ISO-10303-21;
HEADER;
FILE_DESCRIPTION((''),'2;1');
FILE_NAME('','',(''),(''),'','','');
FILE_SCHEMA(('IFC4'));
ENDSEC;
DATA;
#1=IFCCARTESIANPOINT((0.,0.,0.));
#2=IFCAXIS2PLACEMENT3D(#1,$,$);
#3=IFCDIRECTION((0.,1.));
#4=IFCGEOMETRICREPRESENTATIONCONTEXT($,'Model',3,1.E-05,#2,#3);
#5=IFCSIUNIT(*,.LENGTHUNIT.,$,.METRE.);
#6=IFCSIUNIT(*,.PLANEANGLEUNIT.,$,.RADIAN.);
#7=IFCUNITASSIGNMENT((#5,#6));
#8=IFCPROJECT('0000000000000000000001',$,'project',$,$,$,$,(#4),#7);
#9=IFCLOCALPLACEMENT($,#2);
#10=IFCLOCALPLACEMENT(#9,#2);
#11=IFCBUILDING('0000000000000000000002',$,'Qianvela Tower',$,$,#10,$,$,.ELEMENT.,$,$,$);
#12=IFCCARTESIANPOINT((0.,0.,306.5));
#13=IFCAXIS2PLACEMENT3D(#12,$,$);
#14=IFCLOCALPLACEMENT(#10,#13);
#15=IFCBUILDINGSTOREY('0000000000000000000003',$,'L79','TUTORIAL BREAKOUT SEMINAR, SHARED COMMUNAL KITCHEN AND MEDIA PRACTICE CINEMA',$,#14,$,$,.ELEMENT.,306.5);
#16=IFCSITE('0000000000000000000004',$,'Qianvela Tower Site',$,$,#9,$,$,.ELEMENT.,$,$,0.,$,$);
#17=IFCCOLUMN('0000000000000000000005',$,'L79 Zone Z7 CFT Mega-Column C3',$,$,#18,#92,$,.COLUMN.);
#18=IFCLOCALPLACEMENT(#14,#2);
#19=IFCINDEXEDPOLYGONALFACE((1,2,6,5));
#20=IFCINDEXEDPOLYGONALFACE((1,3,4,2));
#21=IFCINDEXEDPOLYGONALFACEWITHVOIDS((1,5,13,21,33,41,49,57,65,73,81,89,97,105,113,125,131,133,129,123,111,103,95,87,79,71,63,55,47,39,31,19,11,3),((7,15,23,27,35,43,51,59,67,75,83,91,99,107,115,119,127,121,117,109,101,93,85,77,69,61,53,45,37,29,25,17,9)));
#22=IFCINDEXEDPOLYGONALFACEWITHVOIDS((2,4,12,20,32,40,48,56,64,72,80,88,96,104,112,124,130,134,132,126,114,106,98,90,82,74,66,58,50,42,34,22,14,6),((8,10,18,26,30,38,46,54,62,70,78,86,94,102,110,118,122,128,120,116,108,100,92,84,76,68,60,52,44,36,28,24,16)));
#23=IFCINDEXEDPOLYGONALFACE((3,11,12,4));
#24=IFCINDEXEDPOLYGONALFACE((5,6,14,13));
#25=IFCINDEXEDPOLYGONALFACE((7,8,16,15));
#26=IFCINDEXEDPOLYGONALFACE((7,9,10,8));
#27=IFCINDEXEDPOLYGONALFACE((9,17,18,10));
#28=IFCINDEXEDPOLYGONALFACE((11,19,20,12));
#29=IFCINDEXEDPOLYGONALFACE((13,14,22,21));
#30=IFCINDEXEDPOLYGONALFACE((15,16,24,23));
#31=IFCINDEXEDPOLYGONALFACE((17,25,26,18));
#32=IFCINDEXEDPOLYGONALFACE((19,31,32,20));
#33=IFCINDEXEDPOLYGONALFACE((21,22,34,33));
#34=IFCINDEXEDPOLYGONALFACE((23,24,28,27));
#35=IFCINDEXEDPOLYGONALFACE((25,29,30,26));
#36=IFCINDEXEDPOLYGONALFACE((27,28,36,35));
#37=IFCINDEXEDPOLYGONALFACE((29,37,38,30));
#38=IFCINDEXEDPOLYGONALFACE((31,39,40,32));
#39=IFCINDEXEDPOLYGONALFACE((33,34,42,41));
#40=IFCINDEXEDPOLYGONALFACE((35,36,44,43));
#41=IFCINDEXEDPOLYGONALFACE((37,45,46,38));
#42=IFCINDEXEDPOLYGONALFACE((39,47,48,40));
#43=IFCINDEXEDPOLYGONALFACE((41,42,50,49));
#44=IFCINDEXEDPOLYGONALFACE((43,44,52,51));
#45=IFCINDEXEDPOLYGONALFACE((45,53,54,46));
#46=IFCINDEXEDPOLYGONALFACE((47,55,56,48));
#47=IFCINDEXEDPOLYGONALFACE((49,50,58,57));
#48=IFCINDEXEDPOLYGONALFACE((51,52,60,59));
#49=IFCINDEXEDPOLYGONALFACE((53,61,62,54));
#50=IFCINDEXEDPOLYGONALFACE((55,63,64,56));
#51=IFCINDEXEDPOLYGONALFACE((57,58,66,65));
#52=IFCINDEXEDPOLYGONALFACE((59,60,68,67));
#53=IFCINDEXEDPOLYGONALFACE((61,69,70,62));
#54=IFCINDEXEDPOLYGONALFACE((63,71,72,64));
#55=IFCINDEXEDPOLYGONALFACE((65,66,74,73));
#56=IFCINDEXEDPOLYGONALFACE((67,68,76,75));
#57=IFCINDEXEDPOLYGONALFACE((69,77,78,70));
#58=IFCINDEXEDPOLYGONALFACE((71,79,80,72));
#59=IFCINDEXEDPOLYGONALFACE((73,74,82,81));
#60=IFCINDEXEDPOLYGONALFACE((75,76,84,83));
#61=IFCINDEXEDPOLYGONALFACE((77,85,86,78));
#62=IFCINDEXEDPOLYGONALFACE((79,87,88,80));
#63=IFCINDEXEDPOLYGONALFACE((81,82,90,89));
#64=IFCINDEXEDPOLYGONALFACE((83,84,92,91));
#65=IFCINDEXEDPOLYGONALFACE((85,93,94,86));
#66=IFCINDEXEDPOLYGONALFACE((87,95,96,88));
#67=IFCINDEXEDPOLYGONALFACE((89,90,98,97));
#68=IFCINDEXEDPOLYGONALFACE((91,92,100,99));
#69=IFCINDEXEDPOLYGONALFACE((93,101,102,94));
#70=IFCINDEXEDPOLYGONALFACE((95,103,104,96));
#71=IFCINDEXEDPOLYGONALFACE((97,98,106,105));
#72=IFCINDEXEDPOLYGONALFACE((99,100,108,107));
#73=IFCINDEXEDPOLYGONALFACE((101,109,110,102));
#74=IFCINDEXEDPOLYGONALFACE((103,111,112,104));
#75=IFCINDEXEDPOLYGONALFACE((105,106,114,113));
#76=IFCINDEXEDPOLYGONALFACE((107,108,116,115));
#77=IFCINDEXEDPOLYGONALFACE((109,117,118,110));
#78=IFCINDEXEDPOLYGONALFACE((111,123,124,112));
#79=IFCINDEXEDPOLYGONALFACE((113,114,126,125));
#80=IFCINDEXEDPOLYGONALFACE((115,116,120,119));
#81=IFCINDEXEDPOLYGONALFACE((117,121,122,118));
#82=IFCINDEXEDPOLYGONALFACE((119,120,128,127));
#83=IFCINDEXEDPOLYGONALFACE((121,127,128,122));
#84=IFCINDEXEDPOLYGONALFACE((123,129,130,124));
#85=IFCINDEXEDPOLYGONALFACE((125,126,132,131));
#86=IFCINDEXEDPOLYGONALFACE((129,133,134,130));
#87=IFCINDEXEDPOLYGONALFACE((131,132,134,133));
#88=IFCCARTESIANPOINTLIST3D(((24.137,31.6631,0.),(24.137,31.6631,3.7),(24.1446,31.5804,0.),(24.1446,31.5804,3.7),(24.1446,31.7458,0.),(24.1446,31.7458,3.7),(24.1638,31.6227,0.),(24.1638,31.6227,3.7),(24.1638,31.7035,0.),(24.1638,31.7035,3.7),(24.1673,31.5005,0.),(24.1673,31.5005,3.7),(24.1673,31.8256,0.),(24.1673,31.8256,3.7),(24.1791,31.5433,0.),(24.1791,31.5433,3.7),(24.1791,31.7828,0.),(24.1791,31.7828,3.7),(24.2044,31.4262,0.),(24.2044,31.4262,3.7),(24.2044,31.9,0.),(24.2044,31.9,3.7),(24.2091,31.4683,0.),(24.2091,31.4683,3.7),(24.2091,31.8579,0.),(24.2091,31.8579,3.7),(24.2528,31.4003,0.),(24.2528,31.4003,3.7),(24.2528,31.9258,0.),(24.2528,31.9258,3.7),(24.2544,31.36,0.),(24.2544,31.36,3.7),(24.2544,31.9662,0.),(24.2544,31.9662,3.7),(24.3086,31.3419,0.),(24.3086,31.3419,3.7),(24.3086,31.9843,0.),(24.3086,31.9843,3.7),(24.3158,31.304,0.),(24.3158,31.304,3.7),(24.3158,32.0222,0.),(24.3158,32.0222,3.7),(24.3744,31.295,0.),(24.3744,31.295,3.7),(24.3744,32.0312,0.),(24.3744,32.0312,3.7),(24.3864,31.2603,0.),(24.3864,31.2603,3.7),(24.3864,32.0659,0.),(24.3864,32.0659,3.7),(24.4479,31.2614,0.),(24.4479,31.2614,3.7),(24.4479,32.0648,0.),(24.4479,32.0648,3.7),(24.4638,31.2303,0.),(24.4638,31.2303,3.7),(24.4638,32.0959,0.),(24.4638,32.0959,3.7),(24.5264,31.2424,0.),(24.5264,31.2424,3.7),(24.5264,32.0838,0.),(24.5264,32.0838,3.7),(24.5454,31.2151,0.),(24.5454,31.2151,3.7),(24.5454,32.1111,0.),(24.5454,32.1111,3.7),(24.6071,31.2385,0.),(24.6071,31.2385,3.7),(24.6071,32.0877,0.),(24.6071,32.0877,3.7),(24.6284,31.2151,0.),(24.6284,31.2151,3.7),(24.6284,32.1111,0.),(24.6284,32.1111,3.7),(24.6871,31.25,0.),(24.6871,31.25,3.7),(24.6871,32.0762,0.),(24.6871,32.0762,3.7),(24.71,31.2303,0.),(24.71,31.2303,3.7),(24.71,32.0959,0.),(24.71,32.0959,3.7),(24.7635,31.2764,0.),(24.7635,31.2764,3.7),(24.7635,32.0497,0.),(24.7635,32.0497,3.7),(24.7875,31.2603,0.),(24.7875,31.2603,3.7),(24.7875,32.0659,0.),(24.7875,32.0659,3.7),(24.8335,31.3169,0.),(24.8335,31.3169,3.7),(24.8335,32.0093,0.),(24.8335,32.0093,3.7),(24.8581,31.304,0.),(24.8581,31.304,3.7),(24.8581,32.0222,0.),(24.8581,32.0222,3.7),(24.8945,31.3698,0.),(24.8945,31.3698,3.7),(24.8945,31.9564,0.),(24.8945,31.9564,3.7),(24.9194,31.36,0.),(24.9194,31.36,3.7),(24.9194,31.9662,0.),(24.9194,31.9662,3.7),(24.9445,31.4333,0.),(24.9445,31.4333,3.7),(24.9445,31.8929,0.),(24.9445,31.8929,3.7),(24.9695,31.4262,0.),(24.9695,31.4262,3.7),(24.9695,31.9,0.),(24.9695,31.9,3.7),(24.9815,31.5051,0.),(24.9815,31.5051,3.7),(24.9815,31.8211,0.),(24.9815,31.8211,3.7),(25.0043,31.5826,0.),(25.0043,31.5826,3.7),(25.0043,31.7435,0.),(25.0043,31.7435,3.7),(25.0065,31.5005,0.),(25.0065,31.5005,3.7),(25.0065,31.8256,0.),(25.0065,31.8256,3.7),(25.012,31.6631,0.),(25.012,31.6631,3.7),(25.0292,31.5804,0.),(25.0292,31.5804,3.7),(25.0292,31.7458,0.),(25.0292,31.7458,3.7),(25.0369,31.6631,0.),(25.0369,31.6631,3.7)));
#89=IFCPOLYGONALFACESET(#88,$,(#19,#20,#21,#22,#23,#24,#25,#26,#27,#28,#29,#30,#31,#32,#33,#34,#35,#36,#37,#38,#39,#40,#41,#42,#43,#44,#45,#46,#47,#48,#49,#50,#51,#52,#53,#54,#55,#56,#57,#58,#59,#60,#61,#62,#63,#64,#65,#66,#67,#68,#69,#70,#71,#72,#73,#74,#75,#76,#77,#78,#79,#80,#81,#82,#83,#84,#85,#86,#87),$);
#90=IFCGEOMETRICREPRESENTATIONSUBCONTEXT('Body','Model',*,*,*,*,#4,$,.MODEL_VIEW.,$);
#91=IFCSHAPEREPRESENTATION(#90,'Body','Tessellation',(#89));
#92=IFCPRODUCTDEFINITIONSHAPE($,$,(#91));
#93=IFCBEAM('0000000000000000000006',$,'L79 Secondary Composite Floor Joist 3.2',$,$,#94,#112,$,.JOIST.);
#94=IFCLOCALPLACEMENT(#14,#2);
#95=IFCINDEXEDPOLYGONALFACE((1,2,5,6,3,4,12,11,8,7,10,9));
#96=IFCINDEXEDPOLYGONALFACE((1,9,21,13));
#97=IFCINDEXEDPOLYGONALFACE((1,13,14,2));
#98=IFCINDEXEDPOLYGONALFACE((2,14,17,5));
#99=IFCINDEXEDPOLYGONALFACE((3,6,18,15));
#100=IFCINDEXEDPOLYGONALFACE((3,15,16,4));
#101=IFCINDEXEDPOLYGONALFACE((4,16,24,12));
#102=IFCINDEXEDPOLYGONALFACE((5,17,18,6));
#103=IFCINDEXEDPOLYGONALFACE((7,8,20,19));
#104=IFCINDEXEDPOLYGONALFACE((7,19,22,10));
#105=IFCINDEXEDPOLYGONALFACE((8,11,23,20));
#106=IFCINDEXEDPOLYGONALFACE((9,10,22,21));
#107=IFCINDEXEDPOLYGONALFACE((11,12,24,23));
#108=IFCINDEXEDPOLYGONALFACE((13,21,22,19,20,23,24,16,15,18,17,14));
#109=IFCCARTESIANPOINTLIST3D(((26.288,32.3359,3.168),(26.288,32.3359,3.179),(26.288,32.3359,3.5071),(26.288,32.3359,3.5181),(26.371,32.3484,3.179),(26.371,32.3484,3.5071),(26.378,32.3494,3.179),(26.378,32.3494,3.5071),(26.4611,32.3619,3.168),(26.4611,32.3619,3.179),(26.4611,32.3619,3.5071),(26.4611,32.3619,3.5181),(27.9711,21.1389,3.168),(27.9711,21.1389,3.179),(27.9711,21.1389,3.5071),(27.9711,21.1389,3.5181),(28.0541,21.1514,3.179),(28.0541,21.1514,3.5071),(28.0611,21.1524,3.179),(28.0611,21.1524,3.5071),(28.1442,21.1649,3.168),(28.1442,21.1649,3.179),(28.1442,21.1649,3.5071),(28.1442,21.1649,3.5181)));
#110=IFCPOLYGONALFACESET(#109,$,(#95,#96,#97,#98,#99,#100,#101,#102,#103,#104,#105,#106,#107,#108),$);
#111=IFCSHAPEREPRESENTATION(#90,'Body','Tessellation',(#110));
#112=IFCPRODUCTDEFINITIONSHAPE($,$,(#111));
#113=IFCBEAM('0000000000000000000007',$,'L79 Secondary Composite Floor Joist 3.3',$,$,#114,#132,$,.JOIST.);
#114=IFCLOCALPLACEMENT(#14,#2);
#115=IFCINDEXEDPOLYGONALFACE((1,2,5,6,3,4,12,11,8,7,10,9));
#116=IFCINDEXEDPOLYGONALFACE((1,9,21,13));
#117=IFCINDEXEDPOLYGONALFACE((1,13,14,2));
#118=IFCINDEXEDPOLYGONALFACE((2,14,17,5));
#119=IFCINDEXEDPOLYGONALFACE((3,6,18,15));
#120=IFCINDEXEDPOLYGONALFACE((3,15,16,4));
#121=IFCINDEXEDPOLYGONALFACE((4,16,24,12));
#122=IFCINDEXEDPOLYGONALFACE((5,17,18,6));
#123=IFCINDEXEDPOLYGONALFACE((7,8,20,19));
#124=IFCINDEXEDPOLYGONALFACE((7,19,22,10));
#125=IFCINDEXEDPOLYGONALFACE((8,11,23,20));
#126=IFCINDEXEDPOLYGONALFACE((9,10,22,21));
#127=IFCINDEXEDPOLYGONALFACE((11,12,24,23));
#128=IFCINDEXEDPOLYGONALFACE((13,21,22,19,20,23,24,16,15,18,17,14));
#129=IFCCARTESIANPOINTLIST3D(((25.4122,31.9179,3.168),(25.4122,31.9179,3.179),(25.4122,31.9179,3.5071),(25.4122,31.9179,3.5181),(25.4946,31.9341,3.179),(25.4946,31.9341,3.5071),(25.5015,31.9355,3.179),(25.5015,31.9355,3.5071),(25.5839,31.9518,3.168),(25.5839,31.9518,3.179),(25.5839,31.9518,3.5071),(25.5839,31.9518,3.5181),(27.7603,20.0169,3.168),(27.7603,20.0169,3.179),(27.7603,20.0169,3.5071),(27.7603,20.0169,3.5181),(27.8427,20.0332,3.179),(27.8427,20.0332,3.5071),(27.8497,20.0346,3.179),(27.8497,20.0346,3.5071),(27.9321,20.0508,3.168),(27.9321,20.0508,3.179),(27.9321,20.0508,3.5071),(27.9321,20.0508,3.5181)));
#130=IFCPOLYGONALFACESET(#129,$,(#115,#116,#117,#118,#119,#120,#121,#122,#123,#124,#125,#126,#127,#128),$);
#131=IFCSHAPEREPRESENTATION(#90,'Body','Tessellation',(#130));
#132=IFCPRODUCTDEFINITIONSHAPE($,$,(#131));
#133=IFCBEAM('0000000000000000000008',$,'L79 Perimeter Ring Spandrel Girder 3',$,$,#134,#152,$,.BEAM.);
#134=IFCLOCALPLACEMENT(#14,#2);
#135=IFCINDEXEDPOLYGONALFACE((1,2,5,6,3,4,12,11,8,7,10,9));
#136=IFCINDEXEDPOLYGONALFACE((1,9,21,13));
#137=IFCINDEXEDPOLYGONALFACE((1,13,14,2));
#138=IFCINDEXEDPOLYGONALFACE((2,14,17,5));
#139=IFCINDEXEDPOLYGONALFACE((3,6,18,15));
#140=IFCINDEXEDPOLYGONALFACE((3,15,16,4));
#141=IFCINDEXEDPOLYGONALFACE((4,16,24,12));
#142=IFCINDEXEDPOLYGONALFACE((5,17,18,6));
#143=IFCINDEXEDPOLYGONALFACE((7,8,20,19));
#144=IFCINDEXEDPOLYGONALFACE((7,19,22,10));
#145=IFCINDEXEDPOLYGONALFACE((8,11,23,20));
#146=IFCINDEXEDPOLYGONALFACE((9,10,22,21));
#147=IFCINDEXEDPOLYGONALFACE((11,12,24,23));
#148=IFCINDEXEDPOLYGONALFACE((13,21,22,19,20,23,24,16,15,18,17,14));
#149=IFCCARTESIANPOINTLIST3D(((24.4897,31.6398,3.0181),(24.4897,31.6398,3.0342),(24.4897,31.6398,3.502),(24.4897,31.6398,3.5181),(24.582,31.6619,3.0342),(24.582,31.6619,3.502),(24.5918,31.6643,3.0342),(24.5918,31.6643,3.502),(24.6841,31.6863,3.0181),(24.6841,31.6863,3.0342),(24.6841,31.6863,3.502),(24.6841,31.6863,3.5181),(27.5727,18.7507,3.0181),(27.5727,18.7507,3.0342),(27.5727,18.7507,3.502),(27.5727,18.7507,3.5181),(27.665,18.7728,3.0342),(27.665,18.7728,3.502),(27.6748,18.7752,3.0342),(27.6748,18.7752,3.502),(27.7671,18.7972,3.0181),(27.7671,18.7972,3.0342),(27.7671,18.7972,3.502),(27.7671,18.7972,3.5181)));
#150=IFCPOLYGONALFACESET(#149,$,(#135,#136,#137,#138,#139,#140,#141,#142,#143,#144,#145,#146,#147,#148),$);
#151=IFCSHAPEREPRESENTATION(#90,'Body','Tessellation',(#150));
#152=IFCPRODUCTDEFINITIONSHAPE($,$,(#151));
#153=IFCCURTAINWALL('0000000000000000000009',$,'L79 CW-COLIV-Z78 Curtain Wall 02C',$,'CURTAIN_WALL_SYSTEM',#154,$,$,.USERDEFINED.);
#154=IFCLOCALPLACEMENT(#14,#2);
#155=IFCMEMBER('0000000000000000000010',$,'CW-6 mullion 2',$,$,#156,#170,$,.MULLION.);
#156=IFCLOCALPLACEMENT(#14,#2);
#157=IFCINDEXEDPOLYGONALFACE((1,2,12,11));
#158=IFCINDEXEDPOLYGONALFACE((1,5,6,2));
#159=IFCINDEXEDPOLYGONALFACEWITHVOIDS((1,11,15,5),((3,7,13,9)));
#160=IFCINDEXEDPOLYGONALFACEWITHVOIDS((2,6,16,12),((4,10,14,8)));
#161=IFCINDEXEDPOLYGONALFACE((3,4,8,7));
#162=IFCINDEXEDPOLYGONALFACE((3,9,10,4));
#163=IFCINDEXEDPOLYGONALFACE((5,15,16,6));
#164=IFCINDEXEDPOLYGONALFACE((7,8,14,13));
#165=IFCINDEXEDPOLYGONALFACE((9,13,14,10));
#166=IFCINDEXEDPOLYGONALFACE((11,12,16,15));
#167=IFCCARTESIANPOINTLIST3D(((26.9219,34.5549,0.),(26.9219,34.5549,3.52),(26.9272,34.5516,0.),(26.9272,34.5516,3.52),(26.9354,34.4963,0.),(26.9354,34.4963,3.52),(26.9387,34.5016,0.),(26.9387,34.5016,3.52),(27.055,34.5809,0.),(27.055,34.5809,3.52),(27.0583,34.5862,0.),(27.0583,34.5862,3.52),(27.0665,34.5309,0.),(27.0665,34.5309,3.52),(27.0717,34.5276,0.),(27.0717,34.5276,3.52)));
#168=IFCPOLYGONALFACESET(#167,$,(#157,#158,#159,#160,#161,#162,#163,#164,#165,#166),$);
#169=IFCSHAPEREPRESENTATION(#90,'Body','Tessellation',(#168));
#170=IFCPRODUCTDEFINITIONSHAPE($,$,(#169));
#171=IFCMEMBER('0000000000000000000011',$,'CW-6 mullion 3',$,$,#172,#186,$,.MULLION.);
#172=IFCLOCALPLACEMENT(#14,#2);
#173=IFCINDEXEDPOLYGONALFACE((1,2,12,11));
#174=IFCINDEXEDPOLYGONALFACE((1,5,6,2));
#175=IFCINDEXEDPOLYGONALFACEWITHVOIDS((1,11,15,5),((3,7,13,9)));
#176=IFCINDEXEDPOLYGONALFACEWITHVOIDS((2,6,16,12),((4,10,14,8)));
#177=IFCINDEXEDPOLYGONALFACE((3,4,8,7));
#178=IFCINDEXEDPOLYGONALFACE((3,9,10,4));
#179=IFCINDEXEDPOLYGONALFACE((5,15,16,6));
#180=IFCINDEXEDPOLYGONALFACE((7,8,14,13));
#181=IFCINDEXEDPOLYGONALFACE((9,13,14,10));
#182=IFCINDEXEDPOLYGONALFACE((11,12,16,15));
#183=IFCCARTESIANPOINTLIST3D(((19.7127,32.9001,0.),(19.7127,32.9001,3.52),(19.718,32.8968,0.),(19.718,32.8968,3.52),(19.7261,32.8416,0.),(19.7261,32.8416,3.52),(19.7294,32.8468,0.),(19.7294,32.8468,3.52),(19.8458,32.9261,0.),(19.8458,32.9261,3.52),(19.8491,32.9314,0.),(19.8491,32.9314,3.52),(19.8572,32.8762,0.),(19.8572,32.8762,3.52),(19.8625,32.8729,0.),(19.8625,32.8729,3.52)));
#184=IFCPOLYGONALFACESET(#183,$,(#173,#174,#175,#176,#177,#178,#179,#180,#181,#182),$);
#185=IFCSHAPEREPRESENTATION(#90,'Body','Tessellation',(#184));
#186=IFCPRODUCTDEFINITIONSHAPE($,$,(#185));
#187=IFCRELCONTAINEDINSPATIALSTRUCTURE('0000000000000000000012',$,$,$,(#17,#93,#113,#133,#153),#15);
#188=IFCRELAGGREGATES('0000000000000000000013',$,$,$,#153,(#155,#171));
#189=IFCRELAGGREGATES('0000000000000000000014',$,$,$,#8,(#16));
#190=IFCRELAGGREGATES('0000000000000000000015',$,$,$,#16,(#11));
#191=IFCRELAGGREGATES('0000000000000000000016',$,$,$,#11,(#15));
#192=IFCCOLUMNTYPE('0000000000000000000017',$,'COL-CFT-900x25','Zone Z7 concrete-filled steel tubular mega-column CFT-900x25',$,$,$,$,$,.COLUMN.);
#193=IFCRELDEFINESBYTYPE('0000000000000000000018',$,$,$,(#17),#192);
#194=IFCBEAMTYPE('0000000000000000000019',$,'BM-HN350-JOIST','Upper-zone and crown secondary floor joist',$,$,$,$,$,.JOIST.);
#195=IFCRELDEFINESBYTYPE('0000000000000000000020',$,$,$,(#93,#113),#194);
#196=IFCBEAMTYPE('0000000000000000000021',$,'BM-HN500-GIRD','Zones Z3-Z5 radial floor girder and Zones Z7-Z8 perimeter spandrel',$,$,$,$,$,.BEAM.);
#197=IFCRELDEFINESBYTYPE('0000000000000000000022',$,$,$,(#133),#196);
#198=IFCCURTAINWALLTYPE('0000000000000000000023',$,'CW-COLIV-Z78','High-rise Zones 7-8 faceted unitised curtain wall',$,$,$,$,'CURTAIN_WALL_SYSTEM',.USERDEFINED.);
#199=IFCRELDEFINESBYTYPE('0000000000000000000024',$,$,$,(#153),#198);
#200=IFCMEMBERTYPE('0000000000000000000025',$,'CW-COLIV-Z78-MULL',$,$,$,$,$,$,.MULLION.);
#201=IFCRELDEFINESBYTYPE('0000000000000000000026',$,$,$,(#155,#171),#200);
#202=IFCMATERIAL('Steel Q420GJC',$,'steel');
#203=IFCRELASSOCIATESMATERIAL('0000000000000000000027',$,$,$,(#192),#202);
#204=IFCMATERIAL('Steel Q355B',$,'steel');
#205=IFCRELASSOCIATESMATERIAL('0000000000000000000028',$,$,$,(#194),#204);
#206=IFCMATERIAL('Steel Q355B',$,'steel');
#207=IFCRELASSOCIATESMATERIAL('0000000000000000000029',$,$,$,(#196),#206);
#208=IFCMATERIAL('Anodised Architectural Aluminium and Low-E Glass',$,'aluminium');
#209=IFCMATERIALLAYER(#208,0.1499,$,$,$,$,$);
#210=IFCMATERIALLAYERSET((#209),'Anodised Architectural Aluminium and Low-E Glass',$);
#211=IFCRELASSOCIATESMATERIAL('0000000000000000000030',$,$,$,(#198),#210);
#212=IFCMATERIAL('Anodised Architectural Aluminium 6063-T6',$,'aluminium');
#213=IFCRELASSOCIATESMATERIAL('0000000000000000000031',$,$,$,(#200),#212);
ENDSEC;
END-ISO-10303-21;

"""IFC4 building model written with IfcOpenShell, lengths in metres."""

from ifc_helpers import new_model, si_unit, direction, frame, origin, origin_2d, place, context, subcontext, project, spatial, hollow_rectangle, hollow_circle, i_section, extrude, material, layer, layer_set, material_profile, profile_set, type_object, element, aggregate, save


model = new_model("IFC4")

# Units and contexts
model_context = context("Model", 3, precision=1e-05, world=origin(), true_north=direction((0.0, 1.0)))
body_context = subcontext(model_context, "Body", "Model", "MODEL_VIEW")
ifc_project = project(units=[si_unit("LENGTHUNIT", "METRE"), si_unit("PLANEANGLEUNIT", "RADIAN")], contexts=[model_context])

# Site, building, storey
site_placement = place(None, origin())
site = spatial("IfcSite", under=ifc_project, at=site_placement, Name="Qianvela Tower Site", CompositionType="ELEMENT", RefElevation=0.0)
building_placement = place(site_placement, origin())
building = spatial("IfcBuilding", under=site, at=building_placement, Name="Qianvela Tower", CompositionType="ELEMENT")
storey_placement = place(building_placement, frame((0.0, 0.0, 306.5)))
storey = spatial("IfcBuildingStorey", under=building, at=storey_placement, Name="L79", Description="TUTORIAL BREAKOUT SEMINAR, SHARED COMMUNAL KITCHEN AND MEDIA PRACTICE CINEMA", CompositionType="ELEMENT", Elevation=306.5)

# Column
ifc_material_1 = material(Name="Steel Q420GJC", Category="steel")
ifc_material_profile_1 = material_profile(ifc_material_1, hollow_circle(Radius=0.45, WallThickness=0.0249, at=origin_2d()), Name="CFT-900x25")
ifc_profile_set_1 = profile_set([ifc_material_profile_1], Name="Steel Q420GJC")
column_type = type_object("IfcColumnType", Name="COL-CFT-900x25", Description="Zone Z7 concrete-filled steel tubular mega-column CFT-900x25", PredefinedType="COLUMN", material=ifc_profile_set_1)
column_placement = place(storey_placement, frame((24.5869, 31.6631, 0.0), z_axis=(0.0, 0.0, 1.0), x_axis=(1.0, 0.0, 0.0)))
element("IfcColumn", 1, at=column_placement, inside=storey, type_object=column_type, Name="L79 Zone Z7 CFT Mega-Column C3", PredefinedType="COLUMN", context=body_context, shape_type="SweptSolid", body=[
    extrude(hollow_circle(Radius=0.45, WallThickness=0.0249, at=origin_2d()), origin(), (0.0, 0.0, 1.0), 3.7),
])

# Beams
ifc_material_2 = material(Name="Steel Q355B", Category="steel")
ifc_material_profile_2 = material_profile(ifc_material_2, i_section(OverallWidth=0.175, OverallDepth=0.3501, WebThickness=0.0071, FlangeThickness=0.011, at=origin_2d()), Name="HN350x175x7x11")
ifc_profile_set_2 = profile_set([ifc_material_profile_2], Name="Steel Q355B")
beam_type_1 = type_object("IfcBeamType", Name="BM-HN350-JOIST", Description="Upper-zone and crown secondary floor joist", PredefinedType="JOIST", material=ifc_profile_set_2)
beam_1_placement = place(storey_placement, frame((26.3745, 32.3489, 3.343), z_axis=(0.148647, -0.98889, 0.0), x_axis=(0.98889, 0.148647, 0.0)))
element("IfcBeam", 2, at=beam_1_placement, inside=storey, type_object=beam_type_1, Name="L79 Secondary Composite Floor Joist 3.2", PredefinedType="JOIST", context=body_context, shape_type="SweptSolid", body=[
    extrude(i_section(OverallWidth=0.175, OverallDepth=0.3501, WebThickness=0.0071, FlangeThickness=0.011, at=origin_2d()), origin(), (0.0, 0.0, 1.0), 11.3228),
])
beam_2_placement = place(storey_placement, frame((25.498, 31.9348, 3.343), z_axis=(0.193576, -0.981085, 0.0), x_axis=(0.981085, 0.193576, 0.0)))
element("IfcBeam", 3, at=beam_2_placement, inside=storey, type_object=beam_type_1, Name="L79 Secondary Composite Floor Joist 3.3", PredefinedType="JOIST", context=body_context, shape_type="SweptSolid", body=[
    extrude(i_section(OverallWidth=0.175, OverallDepth=0.3501, WebThickness=0.0071, FlangeThickness=0.011, at=origin_2d()), origin(), (0.0, 0.0, 1.0), 12.1304),
])
ifc_material_3 = material(Name="Steel Q355B", Category="steel")
ifc_material_profile_3 = material_profile(ifc_material_3, i_section(OverallWidth=0.2, OverallDepth=0.5, WebThickness=0.01, FlangeThickness=0.0161, at=origin_2d()), Name="HN500x200x10x16")
ifc_profile_set_3 = profile_set([ifc_material_profile_3], Name="Steel Q355B")
beam_type_2 = type_object("IfcBeamType", Name="BM-HN500-GIRD", Description="Zones Z3-Z5 radial floor girder and Zones Z7-Z8 perimeter spandrel", PredefinedType="BEAM", material=ifc_profile_set_3)
beam_3_placement = place(storey_placement, frame((24.5869, 31.6631, 3.2681), z_axis=(0.232632, -0.972565, 0.0), x_axis=(0.972565, 0.232632, 0.0)))
element("IfcBeam", 4, at=beam_3_placement, inside=storey, type_object=beam_type_2, Name="L79 Perimeter Ring Spandrel Girder 3", PredefinedType="BEAM", context=body_context, shape_type="SweptSolid", body=[
    extrude(i_section(OverallWidth=0.2, OverallDepth=0.5, WebThickness=0.01, FlangeThickness=0.0161, at=origin_2d()), origin(), (0.0, 0.0, 1.0), 13.2527),
])

# Curtain wall, members
ifc_material_4 = material(Name="Anodised Architectural Aluminium and Low-E Glass", Category="aluminium")
ifc_layer_1 = layer(ifc_material_4, 0.1499)
ifc_layer_set_1 = layer_set([ifc_layer_1], Name="Anodised Architectural Aluminium and Low-E Glass")
curtain_wall_type = type_object("IfcCurtainWallType", Name="CW-COLIV-Z78", Description="High-rise Zones 7-8 faceted unitised curtain wall", ElementType="CURTAIN_WALL_SYSTEM", PredefinedType="USERDEFINED", material=ifc_layer_set_1)
curtain_wall_1_placement = place(storey_placement, origin())
curtain_wall_1 = element("IfcCurtainWall", 5, at=curtain_wall_1_placement, inside=storey, type_object=curtain_wall_type, Name="L79 CW-COLIV-Z78 Curtain Wall 02C", ObjectType="CURTAIN_WALL_SYSTEM", PredefinedType="USERDEFINED")
ifc_material_5 = material(Name="Anodised Architectural Aluminium 6063-T6", Category="aluminium")
ifc_material_profile_4 = material_profile(ifc_material_5, hollow_rectangle(XDim=0.0601, YDim=0.1399, WallThickness=0.0044, at=origin_2d()), Name="ALU-MULL-60x140")
ifc_profile_set_4 = profile_set([ifc_material_profile_4], Name="Anodised Architectural Aluminium 6063-T6")
member_type_1 = type_object("IfcMemberType", Name="CW-COLIV-Z78-MULL", PredefinedType="MULLION", material=ifc_profile_set_4)
member_1_placement = place(storey_placement, frame((26.9968, 34.5413, 0.0), z_axis=(0.0, 0.0, 1.0), x_axis=(0.22371, -0.974656, 0.0)))
member_1 = element("IfcMember", 6, at=member_1_placement, type_object=member_type_1, Name="CW-6 mullion 2", PredefinedType="MULLION", context=body_context, shape_type="SweptSolid", body=[
    extrude(hollow_rectangle(XDim=0.0601, YDim=0.1399, WallThickness=0.0044, at=origin_2d()), origin(), (0.0, 0.0, 1.0), 3.52),
])
member_2_placement = place(storey_placement, frame((19.7876, 32.8865, 0.0), z_axis=(0.0, 0.0, 1.0), x_axis=(0.22371, -0.974656, 0.0)))
member_2 = element("IfcMember", 7, at=member_2_placement, type_object=member_type_1, Name="CW-6 mullion 3", PredefinedType="MULLION", context=body_context, shape_type="SweptSolid", body=[
    extrude(hollow_rectangle(XDim=0.0601, YDim=0.1399, WallThickness=0.0044, at=origin_2d()), origin(), (0.0, 0.0, 1.0), 3.52),
])

aggregate(curtain_wall_1, [member_1, member_2])

save(model, "model.ifc")
